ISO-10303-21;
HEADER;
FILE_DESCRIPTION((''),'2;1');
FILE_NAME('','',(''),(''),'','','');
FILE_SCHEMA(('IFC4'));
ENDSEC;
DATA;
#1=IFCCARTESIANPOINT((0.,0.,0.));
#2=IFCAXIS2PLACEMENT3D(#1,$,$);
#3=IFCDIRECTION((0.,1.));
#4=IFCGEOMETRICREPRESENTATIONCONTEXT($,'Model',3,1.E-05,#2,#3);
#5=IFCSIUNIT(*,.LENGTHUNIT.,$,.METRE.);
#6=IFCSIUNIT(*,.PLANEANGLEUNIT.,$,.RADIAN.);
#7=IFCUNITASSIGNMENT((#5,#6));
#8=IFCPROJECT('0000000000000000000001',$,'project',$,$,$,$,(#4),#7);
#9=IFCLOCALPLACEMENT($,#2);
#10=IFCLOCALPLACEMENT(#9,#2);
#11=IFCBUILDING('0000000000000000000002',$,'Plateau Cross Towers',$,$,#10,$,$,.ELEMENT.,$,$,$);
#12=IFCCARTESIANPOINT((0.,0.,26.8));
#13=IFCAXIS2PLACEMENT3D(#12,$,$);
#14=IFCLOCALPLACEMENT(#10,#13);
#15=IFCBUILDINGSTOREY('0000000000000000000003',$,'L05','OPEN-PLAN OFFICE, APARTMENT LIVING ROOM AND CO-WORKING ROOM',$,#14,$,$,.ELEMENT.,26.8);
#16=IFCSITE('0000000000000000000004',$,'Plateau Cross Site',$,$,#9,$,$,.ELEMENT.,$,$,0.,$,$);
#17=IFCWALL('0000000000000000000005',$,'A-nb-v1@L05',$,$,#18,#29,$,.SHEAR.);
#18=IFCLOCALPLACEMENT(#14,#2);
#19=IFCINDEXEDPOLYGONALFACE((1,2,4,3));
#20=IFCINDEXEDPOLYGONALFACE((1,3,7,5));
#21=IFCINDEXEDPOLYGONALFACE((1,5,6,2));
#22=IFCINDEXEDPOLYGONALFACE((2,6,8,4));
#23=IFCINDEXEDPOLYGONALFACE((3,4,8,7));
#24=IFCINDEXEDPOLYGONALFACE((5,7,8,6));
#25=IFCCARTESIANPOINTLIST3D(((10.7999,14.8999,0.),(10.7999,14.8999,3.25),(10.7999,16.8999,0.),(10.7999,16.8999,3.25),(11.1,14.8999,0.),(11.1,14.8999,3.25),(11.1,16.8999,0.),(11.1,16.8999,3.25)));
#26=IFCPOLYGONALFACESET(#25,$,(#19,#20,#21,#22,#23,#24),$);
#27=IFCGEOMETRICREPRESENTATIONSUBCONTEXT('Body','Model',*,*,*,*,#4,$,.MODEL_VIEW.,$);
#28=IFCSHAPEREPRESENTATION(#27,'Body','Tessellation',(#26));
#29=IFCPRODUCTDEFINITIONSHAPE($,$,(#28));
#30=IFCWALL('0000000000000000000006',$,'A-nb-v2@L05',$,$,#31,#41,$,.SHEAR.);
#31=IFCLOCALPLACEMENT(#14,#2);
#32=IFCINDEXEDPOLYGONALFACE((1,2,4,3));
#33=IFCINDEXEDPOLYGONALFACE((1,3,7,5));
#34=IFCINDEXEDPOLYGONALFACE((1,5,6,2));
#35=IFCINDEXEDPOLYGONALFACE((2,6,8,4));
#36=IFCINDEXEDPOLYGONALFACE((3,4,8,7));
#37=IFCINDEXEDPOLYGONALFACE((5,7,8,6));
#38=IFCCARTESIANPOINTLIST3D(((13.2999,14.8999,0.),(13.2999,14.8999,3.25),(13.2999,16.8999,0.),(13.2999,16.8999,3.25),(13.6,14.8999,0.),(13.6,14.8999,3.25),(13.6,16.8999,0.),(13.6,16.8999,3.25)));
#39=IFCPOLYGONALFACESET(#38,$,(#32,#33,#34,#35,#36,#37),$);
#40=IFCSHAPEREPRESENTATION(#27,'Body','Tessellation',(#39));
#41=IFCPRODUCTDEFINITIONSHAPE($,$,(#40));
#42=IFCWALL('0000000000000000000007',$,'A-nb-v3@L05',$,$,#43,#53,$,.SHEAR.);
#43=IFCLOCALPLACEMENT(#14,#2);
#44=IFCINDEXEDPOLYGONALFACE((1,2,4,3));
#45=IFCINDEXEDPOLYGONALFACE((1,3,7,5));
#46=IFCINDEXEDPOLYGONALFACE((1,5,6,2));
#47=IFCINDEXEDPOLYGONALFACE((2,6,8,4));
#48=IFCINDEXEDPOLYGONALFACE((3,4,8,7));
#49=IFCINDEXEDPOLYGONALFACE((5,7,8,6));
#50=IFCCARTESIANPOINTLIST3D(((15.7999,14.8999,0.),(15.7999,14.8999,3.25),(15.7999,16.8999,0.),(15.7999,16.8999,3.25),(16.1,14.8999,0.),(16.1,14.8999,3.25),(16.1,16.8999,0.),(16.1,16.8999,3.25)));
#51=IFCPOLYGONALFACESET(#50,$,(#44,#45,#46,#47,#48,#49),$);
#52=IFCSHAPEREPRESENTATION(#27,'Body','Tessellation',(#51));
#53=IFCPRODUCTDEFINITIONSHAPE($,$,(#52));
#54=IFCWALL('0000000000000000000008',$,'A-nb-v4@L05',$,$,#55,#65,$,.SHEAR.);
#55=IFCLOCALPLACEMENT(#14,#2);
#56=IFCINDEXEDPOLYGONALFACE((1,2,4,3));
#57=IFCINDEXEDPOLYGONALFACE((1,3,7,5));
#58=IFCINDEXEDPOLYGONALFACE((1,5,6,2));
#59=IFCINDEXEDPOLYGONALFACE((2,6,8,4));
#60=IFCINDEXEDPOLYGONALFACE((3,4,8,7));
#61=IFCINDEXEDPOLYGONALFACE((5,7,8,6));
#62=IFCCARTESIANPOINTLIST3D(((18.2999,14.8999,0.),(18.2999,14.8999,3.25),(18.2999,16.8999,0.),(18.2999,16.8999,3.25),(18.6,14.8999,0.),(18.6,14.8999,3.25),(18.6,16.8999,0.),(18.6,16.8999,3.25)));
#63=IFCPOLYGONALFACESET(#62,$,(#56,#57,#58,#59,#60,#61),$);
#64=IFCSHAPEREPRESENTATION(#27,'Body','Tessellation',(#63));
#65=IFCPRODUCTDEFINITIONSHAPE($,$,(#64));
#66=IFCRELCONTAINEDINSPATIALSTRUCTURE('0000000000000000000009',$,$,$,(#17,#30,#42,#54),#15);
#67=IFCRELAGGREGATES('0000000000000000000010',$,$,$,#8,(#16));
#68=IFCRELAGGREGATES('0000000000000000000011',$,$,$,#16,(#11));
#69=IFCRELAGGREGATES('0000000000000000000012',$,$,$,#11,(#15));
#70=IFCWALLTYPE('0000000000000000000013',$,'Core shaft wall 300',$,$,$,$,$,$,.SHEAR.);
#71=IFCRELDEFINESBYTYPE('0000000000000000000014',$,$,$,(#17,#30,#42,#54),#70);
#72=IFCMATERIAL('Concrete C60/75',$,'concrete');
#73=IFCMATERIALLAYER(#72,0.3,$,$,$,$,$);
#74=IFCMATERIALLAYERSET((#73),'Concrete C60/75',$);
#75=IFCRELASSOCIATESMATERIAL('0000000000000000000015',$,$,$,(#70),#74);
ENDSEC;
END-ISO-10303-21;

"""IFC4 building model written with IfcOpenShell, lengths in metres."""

from ifc_helpers import new_model, si_unit, direction, frame, frame_2d, origin, place, context, subcontext, project, spatial, rectangle, extrude, material, layer, layer_set, type_object, element, save


model = new_model("IFC4")

# Units and contexts
model_context = context("Model", 3, precision=1e-05, world=origin(), true_north=direction((0.0, 1.0)))
body_context = subcontext(model_context, "Body", "Model", "MODEL_VIEW")
ifc_project = project(units=[si_unit("LENGTHUNIT", "METRE"), si_unit("PLANEANGLEUNIT", "RADIAN")], contexts=[model_context])

# Site, building, storey
site_placement = place(None, origin())
site = spatial("IfcSite", under=ifc_project, at=site_placement, Name="Plateau Cross Site", CompositionType="ELEMENT", RefElevation=0.0)
building_placement = place(site_placement, origin())
building = spatial("IfcBuilding", under=site, at=building_placement, Name="Plateau Cross Towers", CompositionType="ELEMENT")
storey_placement = place(building_placement, frame((0.0, 0.0, 26.8)))
storey = spatial("IfcBuildingStorey", under=building, at=storey_placement, Name="L05", Description="OPEN-PLAN OFFICE, APARTMENT LIVING ROOM AND CO-WORKING ROOM", CompositionType="ELEMENT", Elevation=26.8)

# Walls
ifc_material_1 = material(Name="Concrete C60/75", Category="concrete")
ifc_layer_1 = layer(ifc_material_1, 0.3)
ifc_layer_set_1 = layer_set([ifc_layer_1], Name="Concrete C60/75")
wall_type_1 = type_object("IfcWallType", Name="Core shaft wall 300", PredefinedType="SHEAR", material=ifc_layer_set_1)
for number, where, z_axis, x_axis, name in (
    (1, (10.95, 14.8999, 0.0), (0.0, 0.0, 1.0), (0.0, 1.0, 0.0), "A-nb-v1@L05"),
    (2, (13.45, 14.8999, 0.0), (0.0, 0.0, 1.0), (0.0, 1.0, 0.0), "A-nb-v2@L05"),
    (3, (15.95, 14.8999, 0.0), (0.0, 0.0, 1.0), (0.0, 1.0, 0.0), "A-nb-v3@L05"),
    (4, (18.45, 14.8999, 0.0), (0.0, 0.0, 1.0), (0.0, 1.0, 0.0), "A-nb-v4@L05"),
):
    element("IfcWall", number, at=place(storey_placement, frame(where, z_axis=z_axis, x_axis=x_axis)), inside=storey, type_object=wall_type_1, Name=name, PredefinedType="SHEAR", context=body_context, shape_type="SweptSolid", body=[
        extrude(rectangle(XDim=2.0, YDim=0.3, at=frame_2d((1.0, 0.0))), origin(), (0.0, 0.0, 1.0), 3.25),
    ])

save(model, "model.ifc")
